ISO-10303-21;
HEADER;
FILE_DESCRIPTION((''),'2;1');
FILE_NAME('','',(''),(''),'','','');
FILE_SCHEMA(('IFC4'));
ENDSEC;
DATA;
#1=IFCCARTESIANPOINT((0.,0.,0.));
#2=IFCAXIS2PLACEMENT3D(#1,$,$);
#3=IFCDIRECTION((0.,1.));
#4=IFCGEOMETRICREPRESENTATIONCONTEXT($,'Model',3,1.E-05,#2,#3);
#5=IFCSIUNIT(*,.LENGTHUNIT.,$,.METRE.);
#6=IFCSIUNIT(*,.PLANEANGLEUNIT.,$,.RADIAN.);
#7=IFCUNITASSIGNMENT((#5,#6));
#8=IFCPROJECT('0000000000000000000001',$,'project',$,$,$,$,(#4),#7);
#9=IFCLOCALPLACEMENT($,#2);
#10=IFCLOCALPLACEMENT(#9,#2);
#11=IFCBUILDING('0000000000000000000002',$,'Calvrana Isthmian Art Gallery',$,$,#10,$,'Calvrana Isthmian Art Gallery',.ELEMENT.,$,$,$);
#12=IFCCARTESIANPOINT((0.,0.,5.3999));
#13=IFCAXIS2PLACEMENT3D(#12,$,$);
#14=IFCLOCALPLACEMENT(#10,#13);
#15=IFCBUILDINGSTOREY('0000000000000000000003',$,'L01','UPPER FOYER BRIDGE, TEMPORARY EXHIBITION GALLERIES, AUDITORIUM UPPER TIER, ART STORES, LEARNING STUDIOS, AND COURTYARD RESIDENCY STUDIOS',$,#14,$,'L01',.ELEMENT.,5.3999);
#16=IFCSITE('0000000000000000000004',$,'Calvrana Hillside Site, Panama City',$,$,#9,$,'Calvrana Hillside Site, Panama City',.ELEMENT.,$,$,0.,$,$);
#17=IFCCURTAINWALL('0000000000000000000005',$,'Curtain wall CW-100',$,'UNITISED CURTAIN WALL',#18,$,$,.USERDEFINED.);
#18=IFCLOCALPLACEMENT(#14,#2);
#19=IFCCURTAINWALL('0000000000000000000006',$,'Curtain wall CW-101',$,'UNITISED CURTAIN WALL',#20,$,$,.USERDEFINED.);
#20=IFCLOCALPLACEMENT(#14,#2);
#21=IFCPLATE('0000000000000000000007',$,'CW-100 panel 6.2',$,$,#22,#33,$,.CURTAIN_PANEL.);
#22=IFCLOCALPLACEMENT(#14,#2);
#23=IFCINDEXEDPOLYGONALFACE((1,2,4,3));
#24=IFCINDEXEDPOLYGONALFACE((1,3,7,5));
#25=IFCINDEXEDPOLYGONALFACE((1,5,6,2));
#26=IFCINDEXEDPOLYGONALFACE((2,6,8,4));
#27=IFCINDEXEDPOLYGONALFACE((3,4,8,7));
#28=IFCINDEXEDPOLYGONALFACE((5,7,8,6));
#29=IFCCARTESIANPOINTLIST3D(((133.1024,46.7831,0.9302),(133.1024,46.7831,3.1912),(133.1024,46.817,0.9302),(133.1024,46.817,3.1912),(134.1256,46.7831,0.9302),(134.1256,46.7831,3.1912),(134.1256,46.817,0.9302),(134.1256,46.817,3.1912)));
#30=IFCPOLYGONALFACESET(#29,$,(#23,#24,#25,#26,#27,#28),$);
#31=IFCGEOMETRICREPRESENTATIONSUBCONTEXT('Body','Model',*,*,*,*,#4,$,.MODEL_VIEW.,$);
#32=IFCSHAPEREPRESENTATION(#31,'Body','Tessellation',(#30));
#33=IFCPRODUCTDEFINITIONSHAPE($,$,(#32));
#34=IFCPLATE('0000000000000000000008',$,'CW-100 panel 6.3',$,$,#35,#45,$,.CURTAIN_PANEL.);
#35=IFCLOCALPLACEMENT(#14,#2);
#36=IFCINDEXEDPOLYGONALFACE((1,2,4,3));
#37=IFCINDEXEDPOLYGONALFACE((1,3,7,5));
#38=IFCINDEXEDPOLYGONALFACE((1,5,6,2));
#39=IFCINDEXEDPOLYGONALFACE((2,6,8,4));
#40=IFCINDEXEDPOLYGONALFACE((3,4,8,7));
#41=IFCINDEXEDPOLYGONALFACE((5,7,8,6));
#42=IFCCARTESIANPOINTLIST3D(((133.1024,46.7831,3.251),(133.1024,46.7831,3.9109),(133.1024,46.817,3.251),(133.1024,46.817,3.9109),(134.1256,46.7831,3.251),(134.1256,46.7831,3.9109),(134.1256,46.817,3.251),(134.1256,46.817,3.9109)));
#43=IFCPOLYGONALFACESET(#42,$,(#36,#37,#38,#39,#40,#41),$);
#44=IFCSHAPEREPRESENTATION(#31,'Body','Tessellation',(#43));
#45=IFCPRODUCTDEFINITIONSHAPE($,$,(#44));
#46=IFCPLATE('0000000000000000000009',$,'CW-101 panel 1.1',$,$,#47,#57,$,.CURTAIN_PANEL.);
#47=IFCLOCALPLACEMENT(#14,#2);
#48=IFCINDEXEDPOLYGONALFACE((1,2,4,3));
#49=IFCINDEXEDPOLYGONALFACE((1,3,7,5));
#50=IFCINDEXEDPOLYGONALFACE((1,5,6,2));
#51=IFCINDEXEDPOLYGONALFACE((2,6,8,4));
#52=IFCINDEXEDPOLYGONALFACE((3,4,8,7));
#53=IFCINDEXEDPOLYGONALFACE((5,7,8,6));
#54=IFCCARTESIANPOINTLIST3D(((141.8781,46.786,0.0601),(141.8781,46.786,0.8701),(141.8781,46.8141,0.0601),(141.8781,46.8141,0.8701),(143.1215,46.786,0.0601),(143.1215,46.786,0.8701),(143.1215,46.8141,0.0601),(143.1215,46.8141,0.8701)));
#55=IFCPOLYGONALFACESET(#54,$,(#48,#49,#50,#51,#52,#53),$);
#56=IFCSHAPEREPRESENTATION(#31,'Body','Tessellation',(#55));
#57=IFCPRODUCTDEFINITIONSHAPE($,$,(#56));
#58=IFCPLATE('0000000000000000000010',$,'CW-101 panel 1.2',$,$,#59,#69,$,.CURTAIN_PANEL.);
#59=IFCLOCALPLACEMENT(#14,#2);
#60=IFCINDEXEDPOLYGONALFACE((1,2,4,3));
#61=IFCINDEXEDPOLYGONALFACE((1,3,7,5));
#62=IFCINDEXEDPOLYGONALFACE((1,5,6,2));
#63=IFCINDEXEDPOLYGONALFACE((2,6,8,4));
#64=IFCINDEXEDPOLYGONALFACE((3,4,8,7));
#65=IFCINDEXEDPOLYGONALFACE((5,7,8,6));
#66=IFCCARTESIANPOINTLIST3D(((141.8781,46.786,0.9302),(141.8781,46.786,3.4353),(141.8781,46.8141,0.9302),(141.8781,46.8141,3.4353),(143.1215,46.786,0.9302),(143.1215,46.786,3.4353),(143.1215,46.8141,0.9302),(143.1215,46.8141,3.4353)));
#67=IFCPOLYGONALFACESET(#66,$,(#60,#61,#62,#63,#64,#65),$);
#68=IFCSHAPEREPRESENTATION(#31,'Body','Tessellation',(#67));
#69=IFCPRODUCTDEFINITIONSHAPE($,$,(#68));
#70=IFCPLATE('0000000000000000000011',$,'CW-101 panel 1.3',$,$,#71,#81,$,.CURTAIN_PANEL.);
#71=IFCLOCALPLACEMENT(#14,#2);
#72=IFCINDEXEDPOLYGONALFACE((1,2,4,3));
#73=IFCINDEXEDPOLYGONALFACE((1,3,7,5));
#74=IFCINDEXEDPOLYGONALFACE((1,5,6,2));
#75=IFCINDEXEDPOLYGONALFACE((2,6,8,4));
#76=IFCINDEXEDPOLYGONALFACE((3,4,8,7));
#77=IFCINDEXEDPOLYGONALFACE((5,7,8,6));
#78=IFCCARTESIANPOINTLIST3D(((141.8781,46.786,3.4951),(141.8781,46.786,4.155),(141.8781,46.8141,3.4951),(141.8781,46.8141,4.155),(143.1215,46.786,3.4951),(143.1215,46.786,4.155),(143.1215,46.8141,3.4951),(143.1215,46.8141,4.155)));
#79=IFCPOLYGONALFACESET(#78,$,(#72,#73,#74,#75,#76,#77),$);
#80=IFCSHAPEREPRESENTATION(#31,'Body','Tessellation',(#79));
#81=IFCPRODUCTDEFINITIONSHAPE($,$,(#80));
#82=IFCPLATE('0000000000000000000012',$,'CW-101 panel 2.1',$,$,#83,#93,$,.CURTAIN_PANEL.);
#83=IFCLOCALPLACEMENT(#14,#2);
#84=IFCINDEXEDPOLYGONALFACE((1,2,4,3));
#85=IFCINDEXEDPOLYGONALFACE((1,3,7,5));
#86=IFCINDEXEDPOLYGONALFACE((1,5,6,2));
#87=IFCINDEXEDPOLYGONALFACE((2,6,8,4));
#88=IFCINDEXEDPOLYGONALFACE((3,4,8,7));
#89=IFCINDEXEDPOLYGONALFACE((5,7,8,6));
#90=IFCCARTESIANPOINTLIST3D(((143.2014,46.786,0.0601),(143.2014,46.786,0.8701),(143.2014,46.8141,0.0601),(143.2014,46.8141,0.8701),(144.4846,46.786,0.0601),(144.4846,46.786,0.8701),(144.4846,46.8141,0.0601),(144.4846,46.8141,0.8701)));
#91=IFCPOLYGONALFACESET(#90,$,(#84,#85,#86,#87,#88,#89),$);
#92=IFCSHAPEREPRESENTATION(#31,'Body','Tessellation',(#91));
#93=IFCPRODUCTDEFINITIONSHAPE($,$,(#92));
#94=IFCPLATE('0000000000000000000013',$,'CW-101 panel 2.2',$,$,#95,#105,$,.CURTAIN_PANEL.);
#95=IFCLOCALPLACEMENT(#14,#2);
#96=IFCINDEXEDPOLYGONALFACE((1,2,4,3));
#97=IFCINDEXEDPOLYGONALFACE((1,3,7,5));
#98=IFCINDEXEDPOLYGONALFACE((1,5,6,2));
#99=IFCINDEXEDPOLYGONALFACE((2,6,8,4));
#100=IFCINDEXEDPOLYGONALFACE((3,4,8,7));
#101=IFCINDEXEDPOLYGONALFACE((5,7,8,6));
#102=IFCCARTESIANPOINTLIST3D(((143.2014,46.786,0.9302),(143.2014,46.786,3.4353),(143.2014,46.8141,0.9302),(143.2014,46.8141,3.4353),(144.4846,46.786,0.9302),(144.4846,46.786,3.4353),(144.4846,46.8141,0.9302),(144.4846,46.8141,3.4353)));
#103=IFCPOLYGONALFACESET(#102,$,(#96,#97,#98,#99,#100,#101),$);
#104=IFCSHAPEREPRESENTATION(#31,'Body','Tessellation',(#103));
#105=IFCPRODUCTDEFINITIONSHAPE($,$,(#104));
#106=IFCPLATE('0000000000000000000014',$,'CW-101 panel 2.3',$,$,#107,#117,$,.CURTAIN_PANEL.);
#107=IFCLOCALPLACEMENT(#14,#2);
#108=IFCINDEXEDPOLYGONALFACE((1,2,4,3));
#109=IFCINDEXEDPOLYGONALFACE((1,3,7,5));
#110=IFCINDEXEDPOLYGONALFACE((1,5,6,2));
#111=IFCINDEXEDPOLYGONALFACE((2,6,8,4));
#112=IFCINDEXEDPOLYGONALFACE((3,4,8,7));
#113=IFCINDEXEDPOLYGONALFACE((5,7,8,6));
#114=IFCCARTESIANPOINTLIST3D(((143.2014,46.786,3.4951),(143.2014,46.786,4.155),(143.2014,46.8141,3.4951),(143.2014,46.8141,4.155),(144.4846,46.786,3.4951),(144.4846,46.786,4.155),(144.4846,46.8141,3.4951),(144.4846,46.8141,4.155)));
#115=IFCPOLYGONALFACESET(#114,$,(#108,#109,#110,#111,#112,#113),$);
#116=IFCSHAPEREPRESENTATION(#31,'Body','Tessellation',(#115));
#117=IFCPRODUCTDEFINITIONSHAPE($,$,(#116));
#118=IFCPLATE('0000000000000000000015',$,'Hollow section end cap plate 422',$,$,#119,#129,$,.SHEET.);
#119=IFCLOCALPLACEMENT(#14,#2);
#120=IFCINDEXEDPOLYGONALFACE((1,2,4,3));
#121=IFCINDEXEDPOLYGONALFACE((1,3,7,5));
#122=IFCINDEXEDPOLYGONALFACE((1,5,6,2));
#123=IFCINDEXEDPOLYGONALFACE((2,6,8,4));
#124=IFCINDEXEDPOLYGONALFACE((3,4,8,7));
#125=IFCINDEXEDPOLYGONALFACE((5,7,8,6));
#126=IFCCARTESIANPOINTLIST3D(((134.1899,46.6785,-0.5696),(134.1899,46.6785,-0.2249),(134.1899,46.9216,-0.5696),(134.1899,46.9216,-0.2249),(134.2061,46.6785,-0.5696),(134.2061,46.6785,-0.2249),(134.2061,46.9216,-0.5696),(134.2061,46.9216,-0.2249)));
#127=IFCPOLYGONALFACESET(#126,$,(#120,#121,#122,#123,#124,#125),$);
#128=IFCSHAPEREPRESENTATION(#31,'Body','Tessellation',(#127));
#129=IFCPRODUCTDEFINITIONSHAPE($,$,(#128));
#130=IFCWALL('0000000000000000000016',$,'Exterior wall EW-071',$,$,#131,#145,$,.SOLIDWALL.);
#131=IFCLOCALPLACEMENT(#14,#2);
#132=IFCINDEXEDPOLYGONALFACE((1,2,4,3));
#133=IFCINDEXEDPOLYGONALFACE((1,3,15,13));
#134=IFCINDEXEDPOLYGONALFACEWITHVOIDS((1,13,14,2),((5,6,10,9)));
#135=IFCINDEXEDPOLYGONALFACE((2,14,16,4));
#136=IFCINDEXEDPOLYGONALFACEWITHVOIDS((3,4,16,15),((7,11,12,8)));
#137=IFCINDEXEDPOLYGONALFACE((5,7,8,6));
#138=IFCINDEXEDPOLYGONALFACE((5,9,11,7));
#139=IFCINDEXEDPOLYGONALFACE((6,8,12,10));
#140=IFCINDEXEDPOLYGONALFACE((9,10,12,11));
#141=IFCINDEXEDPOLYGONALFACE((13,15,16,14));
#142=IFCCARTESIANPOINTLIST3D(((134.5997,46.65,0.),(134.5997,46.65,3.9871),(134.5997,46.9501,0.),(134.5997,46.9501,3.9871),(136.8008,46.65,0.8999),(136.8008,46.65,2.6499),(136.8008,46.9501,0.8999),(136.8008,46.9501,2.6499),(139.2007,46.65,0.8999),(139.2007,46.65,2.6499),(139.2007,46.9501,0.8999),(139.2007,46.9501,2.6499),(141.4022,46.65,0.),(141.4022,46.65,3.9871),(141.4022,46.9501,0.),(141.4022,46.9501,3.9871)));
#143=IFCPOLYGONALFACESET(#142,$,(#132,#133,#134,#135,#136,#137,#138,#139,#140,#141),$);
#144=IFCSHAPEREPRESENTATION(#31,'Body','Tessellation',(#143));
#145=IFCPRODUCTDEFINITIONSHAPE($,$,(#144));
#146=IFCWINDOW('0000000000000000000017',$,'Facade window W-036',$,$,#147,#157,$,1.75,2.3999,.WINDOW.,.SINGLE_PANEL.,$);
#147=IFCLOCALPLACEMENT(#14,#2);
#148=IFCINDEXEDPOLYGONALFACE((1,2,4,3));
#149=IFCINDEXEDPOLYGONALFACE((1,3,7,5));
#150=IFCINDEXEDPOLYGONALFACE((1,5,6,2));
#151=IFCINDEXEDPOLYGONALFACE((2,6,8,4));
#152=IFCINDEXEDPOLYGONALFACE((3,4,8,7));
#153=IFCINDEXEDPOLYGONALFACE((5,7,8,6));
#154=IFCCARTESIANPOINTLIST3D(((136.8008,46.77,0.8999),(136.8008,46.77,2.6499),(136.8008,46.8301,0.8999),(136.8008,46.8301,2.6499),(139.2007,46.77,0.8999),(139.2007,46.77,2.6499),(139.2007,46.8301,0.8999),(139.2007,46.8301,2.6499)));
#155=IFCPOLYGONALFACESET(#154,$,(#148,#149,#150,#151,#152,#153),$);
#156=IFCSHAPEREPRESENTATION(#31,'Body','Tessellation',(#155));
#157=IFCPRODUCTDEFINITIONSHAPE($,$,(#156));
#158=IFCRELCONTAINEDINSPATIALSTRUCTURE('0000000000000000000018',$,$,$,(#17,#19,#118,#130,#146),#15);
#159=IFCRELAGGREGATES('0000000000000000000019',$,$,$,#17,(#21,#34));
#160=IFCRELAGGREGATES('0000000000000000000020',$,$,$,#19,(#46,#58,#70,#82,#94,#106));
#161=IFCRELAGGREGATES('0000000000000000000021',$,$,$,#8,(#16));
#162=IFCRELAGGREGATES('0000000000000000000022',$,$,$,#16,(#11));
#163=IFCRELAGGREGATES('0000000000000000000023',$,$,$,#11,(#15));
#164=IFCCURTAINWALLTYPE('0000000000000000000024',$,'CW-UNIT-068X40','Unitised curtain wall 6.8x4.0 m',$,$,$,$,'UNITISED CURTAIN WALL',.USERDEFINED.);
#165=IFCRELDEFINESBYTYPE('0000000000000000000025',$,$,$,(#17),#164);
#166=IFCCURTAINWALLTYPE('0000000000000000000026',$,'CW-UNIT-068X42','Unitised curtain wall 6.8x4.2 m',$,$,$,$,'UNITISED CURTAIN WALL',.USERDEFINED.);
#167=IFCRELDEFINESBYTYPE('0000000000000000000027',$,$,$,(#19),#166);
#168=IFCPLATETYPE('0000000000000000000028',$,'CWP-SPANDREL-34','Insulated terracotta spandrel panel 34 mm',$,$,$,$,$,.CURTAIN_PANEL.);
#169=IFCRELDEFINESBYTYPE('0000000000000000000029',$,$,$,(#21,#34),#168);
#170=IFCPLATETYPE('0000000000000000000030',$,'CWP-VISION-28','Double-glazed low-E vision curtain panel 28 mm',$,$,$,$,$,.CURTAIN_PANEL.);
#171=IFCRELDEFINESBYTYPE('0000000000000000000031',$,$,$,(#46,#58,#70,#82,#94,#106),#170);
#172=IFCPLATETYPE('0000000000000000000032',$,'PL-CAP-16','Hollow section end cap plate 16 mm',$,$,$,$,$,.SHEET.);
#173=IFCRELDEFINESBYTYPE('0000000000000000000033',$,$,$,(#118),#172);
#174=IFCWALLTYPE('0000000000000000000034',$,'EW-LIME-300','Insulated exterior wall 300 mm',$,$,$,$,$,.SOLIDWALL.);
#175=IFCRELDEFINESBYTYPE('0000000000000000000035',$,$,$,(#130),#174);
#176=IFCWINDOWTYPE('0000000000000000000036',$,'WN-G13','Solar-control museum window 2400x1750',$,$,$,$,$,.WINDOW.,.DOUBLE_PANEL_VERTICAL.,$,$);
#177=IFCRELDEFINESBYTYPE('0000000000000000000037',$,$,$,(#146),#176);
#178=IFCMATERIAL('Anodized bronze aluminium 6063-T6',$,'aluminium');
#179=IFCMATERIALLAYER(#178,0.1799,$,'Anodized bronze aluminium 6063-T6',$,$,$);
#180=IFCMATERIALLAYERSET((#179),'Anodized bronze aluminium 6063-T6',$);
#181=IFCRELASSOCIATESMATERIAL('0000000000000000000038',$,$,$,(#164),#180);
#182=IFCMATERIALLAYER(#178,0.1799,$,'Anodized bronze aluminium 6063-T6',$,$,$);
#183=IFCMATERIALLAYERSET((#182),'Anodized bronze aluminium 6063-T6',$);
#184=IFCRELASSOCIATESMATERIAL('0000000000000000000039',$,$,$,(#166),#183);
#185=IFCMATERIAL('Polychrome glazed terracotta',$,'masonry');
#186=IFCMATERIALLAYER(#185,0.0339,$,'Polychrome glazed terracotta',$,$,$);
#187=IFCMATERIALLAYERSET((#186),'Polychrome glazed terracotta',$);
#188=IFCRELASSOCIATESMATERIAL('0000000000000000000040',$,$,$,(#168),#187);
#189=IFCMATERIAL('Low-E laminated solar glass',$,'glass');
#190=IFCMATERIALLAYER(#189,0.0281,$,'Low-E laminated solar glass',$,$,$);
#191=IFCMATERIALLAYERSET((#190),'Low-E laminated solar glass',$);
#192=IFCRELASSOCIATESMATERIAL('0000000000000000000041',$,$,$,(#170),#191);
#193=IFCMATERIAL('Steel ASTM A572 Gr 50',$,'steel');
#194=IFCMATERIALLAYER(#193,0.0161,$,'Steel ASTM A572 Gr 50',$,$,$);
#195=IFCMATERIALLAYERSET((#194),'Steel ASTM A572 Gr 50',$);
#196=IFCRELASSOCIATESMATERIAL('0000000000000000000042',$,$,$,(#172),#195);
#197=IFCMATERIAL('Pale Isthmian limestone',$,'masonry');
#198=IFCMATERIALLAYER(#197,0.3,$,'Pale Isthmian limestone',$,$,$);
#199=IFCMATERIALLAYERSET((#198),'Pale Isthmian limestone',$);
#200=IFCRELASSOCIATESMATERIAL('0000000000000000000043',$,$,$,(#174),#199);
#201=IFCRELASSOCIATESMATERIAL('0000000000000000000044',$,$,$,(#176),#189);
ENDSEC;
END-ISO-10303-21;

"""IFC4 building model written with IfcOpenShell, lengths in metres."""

from ifc_helpers import new_model, si_unit, direction, frame, frame_2d, origin, origin_2d, place, context, subcontext, project, spatial, rectangle, extrude, material, layer, layer_set, type_object, element, fill, aggregate, save


model = new_model("IFC4")

# Units and contexts
model_context = context("Model", 3, precision=1e-05, world=origin(), true_north=direction((0.0, 1.0)))
body_context = subcontext(model_context, "Body", "Model", "MODEL_VIEW")
ifc_project = project(units=[si_unit("LENGTHUNIT", "METRE"), si_unit("PLANEANGLEUNIT", "RADIAN")], contexts=[model_context])

# Site, building, storey
site_placement = place(None, origin())
site = spatial("IfcSite", under=ifc_project, at=site_placement, Name="Calvrana Hillside Site, Panama City", LongName="Calvrana Hillside Site, Panama City", CompositionType="ELEMENT", RefElevation=0.0)
building_placement = place(site_placement, origin())
building = spatial("IfcBuilding", under=site, at=building_placement, Name="Calvrana Isthmian Art Gallery", LongName="Calvrana Isthmian Art Gallery", CompositionType="ELEMENT")
storey_placement = place(building_placement, frame((0.0, 0.0, 5.3999)))
storey = spatial("IfcBuildingStorey", under=building, at=storey_placement, Name="L01", Description="UPPER FOYER BRIDGE, TEMPORARY EXHIBITION GALLERIES, AUDITORIUM UPPER TIER, ART STORES, LEARNING STUDIOS, AND COURTYARD RESIDENCY STUDIOS", LongName="L01", CompositionType="ELEMENT", Elevation=5.3999)

# Curtain wall
ifc_material_1 = material(Name="Anodized bronze aluminium 6063-T6", Category="aluminium")
ifc_layer_1 = layer(ifc_material_1, 0.1799, Name="Anodized bronze aluminium 6063-T6")
ifc_layer_set_1 = layer_set([ifc_layer_1], Name="Anodized bronze aluminium 6063-T6")
curtain_wall_type_1 = type_object("IfcCurtainWallType", Name="CW-UNIT-068X40", Description="Unitised curtain wall 6.8x4.0 m", ElementType="UNITISED CURTAIN WALL", PredefinedType="USERDEFINED", material=ifc_layer_set_1)
curtain_wall_1_placement = place(storey_placement, origin())
curtain_wall_1 = element("IfcCurtainWall", 1, at=curtain_wall_1_placement, inside=storey, type_object=curtain_wall_type_1, Name="Curtain wall CW-100", ObjectType="UNITISED CURTAIN WALL", PredefinedType="USERDEFINED")

# Curtain wall
ifc_layer_2 = layer(ifc_material_1, 0.1799, Name="Anodized bronze aluminium 6063-T6")
ifc_layer_set_2 = layer_set([ifc_layer_2], Name="Anodized bronze aluminium 6063-T6")
curtain_wall_type_2 = type_object("IfcCurtainWallType", Name="CW-UNIT-068X42", Description="Unitised curtain wall 6.8x4.2 m", ElementType="UNITISED CURTAIN WALL", PredefinedType="USERDEFINED", material=ifc_layer_set_2)
curtain_wall_2_placement = place(storey_placement, origin())
curtain_wall_2 = element("IfcCurtainWall", 2, at=curtain_wall_2_placement, inside=storey, type_object=curtain_wall_type_2, Name="Curtain wall CW-101", ObjectType="UNITISED CURTAIN WALL", PredefinedType="USERDEFINED")

# Plates
ifc_material_2 = material(Name="Polychrome glazed terracotta", Category="masonry")
ifc_layer_3 = layer(ifc_material_2, 0.0339, Name="Polychrome glazed terracotta")
ifc_layer_set_3 = layer_set([ifc_layer_3], Name="Polychrome glazed terracotta")
plate_type_1 = type_object("IfcPlateType", Name="CWP-SPANDREL-34", Description="Insulated terracotta spandrel panel 34 mm", PredefinedType="CURTAIN_PANEL", material=ifc_layer_set_3)
plate_1_placement = place(storey_placement, frame((133.614, 46.8, 0.9302), z_axis=(0.0, 0.0, 1.0), x_axis=(1.0, 0.0, 0.0)))
plate_1 = element("IfcPlate", 3, at=plate_1_placement, type_object=plate_type_1, Name="CW-100 panel 6.2", PredefinedType="CURTAIN_PANEL", context=body_context, shape_type="SweptSolid", body=[
    extrude(rectangle(XDim=1.0232, YDim=0.0339, at=origin_2d()), origin(), (0.0, 0.0, 1.0), 2.261),
])
plate_2_placement = place(storey_placement, frame((133.614, 46.8, 3.251), z_axis=(0.0, 0.0, 1.0), x_axis=(1.0, 0.0, 0.0)))
plate_2 = element("IfcPlate", 4, at=plate_2_placement, type_object=plate_type_1, Name="CW-100 panel 6.3", PredefinedType="CURTAIN_PANEL", context=body_context, shape_type="SweptSolid", body=[
    extrude(rectangle(XDim=1.0232, YDim=0.0339, at=origin_2d()), origin(), (0.0, 0.0, 1.0), 0.6599),
])
aggregate(curtain_wall_1, [plate_1, plate_2])
ifc_material_3 = material(Name="Low-E laminated solar glass", Category="glass")
ifc_layer_4 = layer(ifc_material_3, 0.0281, Name="Low-E laminated solar glass")
ifc_layer_set_4 = layer_set([ifc_layer_4], Name="Low-E laminated solar glass")
plate_type_2 = type_object("IfcPlateType", Name="CWP-VISION-28", Description="Double-glazed low-E vision curtain panel 28 mm", PredefinedType="CURTAIN_PANEL", material=ifc_layer_set_4)
plate_3_placement = place(storey_placement, frame((142.4998, 46.8, 0.0601), z_axis=(0.0, 0.0, 1.0), x_axis=(1.0, 0.0, 0.0)))
plate_3 = element("IfcPlate", 5, at=plate_3_placement, type_object=plate_type_2, Name="CW-101 panel 1.1", PredefinedType="CURTAIN_PANEL", context=body_context, shape_type="SweptSolid", body=[
    extrude(rectangle(XDim=1.2434, YDim=0.0281, at=origin_2d()), origin(), (0.0, 0.0, 1.0), 0.8101),
])
plate_4_placement = place(storey_placement, frame((142.4998, 46.8, 0.9302), z_axis=(0.0, 0.0, 1.0), x_axis=(1.0, 0.0, 0.0)))
plate_4 = element("IfcPlate", 6, at=plate_4_placement, type_object=plate_type_2, Name="CW-101 panel 1.2", PredefinedType="CURTAIN_PANEL", context=body_context, shape_type="SweptSolid", body=[
    extrude(rectangle(XDim=1.2434, YDim=0.0281, at=origin_2d()), origin(), (0.0, 0.0, 1.0), 2.5051),
])
plate_5_placement = place(storey_placement, frame((142.4998, 46.8, 3.4951), z_axis=(0.0, 0.0, 1.0), x_axis=(1.0, 0.0, 0.0)))
plate_5 = element("IfcPlate", 7, at=plate_5_placement, type_object=plate_type_2, Name="CW-101 panel 1.3", PredefinedType="CURTAIN_PANEL", context=body_context, shape_type="SweptSolid", body=[
    extrude(rectangle(XDim=1.2434, YDim=0.0281, at=origin_2d()), origin(), (0.0, 0.0, 1.0), 0.6599),
])
plate_6_placement = place(storey_placement, frame((143.843, 46.8, 0.0601), z_axis=(0.0, 0.0, 1.0), x_axis=(1.0, 0.0, 0.0)))
plate_6 = element("IfcPlate", 8, at=plate_6_placement, type_object=plate_type_2, Name="CW-101 panel 2.1", PredefinedType="CURTAIN_PANEL", context=body_context, shape_type="SweptSolid", body=[
    extrude(rectangle(XDim=1.2832, YDim=0.0281, at=origin_2d()), origin(), (0.0, 0.0, 1.0), 0.8101),
])
plate_7_placement = place(storey_placement, frame((143.843, 46.8, 0.9302), z_axis=(0.0, 0.0, 1.0), x_axis=(1.0, 0.0, 0.0)))
plate_7 = element("IfcPlate", 9, at=plate_7_placement, type_object=plate_type_2, Name="CW-101 panel 2.2", PredefinedType="CURTAIN_PANEL", context=body_context, shape_type="SweptSolid", body=[
    extrude(rectangle(XDim=1.2832, YDim=0.0281, at=origin_2d()), origin(), (0.0, 0.0, 1.0), 2.5051),
])
plate_8_placement = place(storey_placement, frame((143.843, 46.8, 3.4951), z_axis=(0.0, 0.0, 1.0), x_axis=(1.0, 0.0, 0.0)))
plate_8 = element("IfcPlate", 10, at=plate_8_placement, type_object=plate_type_2, Name="CW-101 panel 2.3", PredefinedType="CURTAIN_PANEL", context=body_context, shape_type="SweptSolid", body=[
    extrude(rectangle(XDim=1.2832, YDim=0.0281, at=origin_2d()), origin(), (0.0, 0.0, 1.0), 0.6599),
])
aggregate(curtain_wall_2, [plate_3, plate_4, plate_5, plate_6, plate_7, plate_8])
ifc_material_4 = material(Name="Steel ASTM A572 Gr 50", Category="steel")
ifc_layer_5 = layer(ifc_material_4, 0.0161, Name="Steel ASTM A572 Gr 50")
ifc_layer_set_5 = layer_set([ifc_layer_5], Name="Steel ASTM A572 Gr 50")
plate_type_3 = type_object("IfcPlateType", Name="PL-CAP-16", Description="Hollow section end cap plate 16 mm", PredefinedType="SHEET", material=ifc_layer_set_5)
plate_9_placement = place(storey_placement, frame((134.198, 46.8, -0.5696), z_axis=(0.0, 0.0, 1.0), x_axis=(1.0, 0.0, 0.0)))
element("IfcPlate", 11, at=plate_9_placement, inside=storey, type_object=plate_type_3, Name="Hollow section end cap plate 422", PredefinedType="SHEET", context=body_context, shape_type="SweptSolid", body=[
    extrude(rectangle(XDim=0.0161, YDim=0.2432, at=origin_2d()), origin(), (0.0, 0.0, 1.0), 0.3447),
])

# Wall, opening, window
ifc_material_5 = material(Name="Pale Isthmian limestone", Category="masonry")
ifc_layer_6 = layer(ifc_material_5, 0.3, Name="Pale Isthmian limestone")
ifc_layer_set_6 = layer_set([ifc_layer_6], Name="Pale Isthmian limestone")
wall_type = type_object("IfcWallType", Name="EW-LIME-300", Description="Insulated exterior wall 300 mm", PredefinedType="SOLIDWALL", material=ifc_layer_set_6)
wall_placement = place(storey_placement, frame((134.5996, 46.8, 0.0), z_axis=(0.0, 0.0, 1.0), x_axis=(1.0, 0.0, 0.0)))
wall = element("IfcWall", 12, at=wall_placement, inside=storey, type_object=wall_type, Name="Exterior wall EW-071", PredefinedType="SOLIDWALL", context=body_context, shape_type="SweptSolid", body=[
    extrude(rectangle(XDim=6.8025, YDim=0.3, at=frame_2d((3.4014, 0.0))), origin(), (0.0, 0.0, 1.0), 3.9871),
])
opening_placement = place(wall_placement, frame((2.2012, 0.0, 0.8999)))
opening = element("IfcOpeningElement", 13, at=opening_placement, cuts=wall, PredefinedType="OPENING", context=body_context, shape_type="SweptSolid", body=[
    extrude(rectangle(XDim=2.3999, YDim=1.75, at=frame_2d((1.2, 0.875))), frame((0.0, 0.1602, 0.0), z_axis=(0.0, -1.0, 0.0), x_axis=(1.0, 0.0, 0.0)), (0.0, 0.0, 1.0), 0.3206),
])
window_type = type_object("IfcWindowType", Name="WN-G13", Description="Solar-control museum window 2400x1750", PartitioningType="DOUBLE_PANEL_VERTICAL", PredefinedType="WINDOW", material=ifc_material_3)
window_placement = place(opening_placement, origin())
window = element("IfcWindow", 14, at=window_placement, inside=storey, type_object=window_type, Name="Facade window W-036", OverallHeight=1.75, OverallWidth=2.3999, PartitioningType="SINGLE_PANEL", PredefinedType="WINDOW", context=body_context, shape_type="SweptSolid", body=[
    extrude(rectangle(XDim=2.3999, YDim=1.75, at=frame_2d((1.2, 0.875))), frame((0.0, 0.03, 0.0), z_axis=(0.0, -1.0, 0.0), x_axis=(1.0, 0.0, 0.0)), (0.0, 0.0, 1.0), 0.0601),
])
fill(opening, window)

save(model, "model.ifc")
